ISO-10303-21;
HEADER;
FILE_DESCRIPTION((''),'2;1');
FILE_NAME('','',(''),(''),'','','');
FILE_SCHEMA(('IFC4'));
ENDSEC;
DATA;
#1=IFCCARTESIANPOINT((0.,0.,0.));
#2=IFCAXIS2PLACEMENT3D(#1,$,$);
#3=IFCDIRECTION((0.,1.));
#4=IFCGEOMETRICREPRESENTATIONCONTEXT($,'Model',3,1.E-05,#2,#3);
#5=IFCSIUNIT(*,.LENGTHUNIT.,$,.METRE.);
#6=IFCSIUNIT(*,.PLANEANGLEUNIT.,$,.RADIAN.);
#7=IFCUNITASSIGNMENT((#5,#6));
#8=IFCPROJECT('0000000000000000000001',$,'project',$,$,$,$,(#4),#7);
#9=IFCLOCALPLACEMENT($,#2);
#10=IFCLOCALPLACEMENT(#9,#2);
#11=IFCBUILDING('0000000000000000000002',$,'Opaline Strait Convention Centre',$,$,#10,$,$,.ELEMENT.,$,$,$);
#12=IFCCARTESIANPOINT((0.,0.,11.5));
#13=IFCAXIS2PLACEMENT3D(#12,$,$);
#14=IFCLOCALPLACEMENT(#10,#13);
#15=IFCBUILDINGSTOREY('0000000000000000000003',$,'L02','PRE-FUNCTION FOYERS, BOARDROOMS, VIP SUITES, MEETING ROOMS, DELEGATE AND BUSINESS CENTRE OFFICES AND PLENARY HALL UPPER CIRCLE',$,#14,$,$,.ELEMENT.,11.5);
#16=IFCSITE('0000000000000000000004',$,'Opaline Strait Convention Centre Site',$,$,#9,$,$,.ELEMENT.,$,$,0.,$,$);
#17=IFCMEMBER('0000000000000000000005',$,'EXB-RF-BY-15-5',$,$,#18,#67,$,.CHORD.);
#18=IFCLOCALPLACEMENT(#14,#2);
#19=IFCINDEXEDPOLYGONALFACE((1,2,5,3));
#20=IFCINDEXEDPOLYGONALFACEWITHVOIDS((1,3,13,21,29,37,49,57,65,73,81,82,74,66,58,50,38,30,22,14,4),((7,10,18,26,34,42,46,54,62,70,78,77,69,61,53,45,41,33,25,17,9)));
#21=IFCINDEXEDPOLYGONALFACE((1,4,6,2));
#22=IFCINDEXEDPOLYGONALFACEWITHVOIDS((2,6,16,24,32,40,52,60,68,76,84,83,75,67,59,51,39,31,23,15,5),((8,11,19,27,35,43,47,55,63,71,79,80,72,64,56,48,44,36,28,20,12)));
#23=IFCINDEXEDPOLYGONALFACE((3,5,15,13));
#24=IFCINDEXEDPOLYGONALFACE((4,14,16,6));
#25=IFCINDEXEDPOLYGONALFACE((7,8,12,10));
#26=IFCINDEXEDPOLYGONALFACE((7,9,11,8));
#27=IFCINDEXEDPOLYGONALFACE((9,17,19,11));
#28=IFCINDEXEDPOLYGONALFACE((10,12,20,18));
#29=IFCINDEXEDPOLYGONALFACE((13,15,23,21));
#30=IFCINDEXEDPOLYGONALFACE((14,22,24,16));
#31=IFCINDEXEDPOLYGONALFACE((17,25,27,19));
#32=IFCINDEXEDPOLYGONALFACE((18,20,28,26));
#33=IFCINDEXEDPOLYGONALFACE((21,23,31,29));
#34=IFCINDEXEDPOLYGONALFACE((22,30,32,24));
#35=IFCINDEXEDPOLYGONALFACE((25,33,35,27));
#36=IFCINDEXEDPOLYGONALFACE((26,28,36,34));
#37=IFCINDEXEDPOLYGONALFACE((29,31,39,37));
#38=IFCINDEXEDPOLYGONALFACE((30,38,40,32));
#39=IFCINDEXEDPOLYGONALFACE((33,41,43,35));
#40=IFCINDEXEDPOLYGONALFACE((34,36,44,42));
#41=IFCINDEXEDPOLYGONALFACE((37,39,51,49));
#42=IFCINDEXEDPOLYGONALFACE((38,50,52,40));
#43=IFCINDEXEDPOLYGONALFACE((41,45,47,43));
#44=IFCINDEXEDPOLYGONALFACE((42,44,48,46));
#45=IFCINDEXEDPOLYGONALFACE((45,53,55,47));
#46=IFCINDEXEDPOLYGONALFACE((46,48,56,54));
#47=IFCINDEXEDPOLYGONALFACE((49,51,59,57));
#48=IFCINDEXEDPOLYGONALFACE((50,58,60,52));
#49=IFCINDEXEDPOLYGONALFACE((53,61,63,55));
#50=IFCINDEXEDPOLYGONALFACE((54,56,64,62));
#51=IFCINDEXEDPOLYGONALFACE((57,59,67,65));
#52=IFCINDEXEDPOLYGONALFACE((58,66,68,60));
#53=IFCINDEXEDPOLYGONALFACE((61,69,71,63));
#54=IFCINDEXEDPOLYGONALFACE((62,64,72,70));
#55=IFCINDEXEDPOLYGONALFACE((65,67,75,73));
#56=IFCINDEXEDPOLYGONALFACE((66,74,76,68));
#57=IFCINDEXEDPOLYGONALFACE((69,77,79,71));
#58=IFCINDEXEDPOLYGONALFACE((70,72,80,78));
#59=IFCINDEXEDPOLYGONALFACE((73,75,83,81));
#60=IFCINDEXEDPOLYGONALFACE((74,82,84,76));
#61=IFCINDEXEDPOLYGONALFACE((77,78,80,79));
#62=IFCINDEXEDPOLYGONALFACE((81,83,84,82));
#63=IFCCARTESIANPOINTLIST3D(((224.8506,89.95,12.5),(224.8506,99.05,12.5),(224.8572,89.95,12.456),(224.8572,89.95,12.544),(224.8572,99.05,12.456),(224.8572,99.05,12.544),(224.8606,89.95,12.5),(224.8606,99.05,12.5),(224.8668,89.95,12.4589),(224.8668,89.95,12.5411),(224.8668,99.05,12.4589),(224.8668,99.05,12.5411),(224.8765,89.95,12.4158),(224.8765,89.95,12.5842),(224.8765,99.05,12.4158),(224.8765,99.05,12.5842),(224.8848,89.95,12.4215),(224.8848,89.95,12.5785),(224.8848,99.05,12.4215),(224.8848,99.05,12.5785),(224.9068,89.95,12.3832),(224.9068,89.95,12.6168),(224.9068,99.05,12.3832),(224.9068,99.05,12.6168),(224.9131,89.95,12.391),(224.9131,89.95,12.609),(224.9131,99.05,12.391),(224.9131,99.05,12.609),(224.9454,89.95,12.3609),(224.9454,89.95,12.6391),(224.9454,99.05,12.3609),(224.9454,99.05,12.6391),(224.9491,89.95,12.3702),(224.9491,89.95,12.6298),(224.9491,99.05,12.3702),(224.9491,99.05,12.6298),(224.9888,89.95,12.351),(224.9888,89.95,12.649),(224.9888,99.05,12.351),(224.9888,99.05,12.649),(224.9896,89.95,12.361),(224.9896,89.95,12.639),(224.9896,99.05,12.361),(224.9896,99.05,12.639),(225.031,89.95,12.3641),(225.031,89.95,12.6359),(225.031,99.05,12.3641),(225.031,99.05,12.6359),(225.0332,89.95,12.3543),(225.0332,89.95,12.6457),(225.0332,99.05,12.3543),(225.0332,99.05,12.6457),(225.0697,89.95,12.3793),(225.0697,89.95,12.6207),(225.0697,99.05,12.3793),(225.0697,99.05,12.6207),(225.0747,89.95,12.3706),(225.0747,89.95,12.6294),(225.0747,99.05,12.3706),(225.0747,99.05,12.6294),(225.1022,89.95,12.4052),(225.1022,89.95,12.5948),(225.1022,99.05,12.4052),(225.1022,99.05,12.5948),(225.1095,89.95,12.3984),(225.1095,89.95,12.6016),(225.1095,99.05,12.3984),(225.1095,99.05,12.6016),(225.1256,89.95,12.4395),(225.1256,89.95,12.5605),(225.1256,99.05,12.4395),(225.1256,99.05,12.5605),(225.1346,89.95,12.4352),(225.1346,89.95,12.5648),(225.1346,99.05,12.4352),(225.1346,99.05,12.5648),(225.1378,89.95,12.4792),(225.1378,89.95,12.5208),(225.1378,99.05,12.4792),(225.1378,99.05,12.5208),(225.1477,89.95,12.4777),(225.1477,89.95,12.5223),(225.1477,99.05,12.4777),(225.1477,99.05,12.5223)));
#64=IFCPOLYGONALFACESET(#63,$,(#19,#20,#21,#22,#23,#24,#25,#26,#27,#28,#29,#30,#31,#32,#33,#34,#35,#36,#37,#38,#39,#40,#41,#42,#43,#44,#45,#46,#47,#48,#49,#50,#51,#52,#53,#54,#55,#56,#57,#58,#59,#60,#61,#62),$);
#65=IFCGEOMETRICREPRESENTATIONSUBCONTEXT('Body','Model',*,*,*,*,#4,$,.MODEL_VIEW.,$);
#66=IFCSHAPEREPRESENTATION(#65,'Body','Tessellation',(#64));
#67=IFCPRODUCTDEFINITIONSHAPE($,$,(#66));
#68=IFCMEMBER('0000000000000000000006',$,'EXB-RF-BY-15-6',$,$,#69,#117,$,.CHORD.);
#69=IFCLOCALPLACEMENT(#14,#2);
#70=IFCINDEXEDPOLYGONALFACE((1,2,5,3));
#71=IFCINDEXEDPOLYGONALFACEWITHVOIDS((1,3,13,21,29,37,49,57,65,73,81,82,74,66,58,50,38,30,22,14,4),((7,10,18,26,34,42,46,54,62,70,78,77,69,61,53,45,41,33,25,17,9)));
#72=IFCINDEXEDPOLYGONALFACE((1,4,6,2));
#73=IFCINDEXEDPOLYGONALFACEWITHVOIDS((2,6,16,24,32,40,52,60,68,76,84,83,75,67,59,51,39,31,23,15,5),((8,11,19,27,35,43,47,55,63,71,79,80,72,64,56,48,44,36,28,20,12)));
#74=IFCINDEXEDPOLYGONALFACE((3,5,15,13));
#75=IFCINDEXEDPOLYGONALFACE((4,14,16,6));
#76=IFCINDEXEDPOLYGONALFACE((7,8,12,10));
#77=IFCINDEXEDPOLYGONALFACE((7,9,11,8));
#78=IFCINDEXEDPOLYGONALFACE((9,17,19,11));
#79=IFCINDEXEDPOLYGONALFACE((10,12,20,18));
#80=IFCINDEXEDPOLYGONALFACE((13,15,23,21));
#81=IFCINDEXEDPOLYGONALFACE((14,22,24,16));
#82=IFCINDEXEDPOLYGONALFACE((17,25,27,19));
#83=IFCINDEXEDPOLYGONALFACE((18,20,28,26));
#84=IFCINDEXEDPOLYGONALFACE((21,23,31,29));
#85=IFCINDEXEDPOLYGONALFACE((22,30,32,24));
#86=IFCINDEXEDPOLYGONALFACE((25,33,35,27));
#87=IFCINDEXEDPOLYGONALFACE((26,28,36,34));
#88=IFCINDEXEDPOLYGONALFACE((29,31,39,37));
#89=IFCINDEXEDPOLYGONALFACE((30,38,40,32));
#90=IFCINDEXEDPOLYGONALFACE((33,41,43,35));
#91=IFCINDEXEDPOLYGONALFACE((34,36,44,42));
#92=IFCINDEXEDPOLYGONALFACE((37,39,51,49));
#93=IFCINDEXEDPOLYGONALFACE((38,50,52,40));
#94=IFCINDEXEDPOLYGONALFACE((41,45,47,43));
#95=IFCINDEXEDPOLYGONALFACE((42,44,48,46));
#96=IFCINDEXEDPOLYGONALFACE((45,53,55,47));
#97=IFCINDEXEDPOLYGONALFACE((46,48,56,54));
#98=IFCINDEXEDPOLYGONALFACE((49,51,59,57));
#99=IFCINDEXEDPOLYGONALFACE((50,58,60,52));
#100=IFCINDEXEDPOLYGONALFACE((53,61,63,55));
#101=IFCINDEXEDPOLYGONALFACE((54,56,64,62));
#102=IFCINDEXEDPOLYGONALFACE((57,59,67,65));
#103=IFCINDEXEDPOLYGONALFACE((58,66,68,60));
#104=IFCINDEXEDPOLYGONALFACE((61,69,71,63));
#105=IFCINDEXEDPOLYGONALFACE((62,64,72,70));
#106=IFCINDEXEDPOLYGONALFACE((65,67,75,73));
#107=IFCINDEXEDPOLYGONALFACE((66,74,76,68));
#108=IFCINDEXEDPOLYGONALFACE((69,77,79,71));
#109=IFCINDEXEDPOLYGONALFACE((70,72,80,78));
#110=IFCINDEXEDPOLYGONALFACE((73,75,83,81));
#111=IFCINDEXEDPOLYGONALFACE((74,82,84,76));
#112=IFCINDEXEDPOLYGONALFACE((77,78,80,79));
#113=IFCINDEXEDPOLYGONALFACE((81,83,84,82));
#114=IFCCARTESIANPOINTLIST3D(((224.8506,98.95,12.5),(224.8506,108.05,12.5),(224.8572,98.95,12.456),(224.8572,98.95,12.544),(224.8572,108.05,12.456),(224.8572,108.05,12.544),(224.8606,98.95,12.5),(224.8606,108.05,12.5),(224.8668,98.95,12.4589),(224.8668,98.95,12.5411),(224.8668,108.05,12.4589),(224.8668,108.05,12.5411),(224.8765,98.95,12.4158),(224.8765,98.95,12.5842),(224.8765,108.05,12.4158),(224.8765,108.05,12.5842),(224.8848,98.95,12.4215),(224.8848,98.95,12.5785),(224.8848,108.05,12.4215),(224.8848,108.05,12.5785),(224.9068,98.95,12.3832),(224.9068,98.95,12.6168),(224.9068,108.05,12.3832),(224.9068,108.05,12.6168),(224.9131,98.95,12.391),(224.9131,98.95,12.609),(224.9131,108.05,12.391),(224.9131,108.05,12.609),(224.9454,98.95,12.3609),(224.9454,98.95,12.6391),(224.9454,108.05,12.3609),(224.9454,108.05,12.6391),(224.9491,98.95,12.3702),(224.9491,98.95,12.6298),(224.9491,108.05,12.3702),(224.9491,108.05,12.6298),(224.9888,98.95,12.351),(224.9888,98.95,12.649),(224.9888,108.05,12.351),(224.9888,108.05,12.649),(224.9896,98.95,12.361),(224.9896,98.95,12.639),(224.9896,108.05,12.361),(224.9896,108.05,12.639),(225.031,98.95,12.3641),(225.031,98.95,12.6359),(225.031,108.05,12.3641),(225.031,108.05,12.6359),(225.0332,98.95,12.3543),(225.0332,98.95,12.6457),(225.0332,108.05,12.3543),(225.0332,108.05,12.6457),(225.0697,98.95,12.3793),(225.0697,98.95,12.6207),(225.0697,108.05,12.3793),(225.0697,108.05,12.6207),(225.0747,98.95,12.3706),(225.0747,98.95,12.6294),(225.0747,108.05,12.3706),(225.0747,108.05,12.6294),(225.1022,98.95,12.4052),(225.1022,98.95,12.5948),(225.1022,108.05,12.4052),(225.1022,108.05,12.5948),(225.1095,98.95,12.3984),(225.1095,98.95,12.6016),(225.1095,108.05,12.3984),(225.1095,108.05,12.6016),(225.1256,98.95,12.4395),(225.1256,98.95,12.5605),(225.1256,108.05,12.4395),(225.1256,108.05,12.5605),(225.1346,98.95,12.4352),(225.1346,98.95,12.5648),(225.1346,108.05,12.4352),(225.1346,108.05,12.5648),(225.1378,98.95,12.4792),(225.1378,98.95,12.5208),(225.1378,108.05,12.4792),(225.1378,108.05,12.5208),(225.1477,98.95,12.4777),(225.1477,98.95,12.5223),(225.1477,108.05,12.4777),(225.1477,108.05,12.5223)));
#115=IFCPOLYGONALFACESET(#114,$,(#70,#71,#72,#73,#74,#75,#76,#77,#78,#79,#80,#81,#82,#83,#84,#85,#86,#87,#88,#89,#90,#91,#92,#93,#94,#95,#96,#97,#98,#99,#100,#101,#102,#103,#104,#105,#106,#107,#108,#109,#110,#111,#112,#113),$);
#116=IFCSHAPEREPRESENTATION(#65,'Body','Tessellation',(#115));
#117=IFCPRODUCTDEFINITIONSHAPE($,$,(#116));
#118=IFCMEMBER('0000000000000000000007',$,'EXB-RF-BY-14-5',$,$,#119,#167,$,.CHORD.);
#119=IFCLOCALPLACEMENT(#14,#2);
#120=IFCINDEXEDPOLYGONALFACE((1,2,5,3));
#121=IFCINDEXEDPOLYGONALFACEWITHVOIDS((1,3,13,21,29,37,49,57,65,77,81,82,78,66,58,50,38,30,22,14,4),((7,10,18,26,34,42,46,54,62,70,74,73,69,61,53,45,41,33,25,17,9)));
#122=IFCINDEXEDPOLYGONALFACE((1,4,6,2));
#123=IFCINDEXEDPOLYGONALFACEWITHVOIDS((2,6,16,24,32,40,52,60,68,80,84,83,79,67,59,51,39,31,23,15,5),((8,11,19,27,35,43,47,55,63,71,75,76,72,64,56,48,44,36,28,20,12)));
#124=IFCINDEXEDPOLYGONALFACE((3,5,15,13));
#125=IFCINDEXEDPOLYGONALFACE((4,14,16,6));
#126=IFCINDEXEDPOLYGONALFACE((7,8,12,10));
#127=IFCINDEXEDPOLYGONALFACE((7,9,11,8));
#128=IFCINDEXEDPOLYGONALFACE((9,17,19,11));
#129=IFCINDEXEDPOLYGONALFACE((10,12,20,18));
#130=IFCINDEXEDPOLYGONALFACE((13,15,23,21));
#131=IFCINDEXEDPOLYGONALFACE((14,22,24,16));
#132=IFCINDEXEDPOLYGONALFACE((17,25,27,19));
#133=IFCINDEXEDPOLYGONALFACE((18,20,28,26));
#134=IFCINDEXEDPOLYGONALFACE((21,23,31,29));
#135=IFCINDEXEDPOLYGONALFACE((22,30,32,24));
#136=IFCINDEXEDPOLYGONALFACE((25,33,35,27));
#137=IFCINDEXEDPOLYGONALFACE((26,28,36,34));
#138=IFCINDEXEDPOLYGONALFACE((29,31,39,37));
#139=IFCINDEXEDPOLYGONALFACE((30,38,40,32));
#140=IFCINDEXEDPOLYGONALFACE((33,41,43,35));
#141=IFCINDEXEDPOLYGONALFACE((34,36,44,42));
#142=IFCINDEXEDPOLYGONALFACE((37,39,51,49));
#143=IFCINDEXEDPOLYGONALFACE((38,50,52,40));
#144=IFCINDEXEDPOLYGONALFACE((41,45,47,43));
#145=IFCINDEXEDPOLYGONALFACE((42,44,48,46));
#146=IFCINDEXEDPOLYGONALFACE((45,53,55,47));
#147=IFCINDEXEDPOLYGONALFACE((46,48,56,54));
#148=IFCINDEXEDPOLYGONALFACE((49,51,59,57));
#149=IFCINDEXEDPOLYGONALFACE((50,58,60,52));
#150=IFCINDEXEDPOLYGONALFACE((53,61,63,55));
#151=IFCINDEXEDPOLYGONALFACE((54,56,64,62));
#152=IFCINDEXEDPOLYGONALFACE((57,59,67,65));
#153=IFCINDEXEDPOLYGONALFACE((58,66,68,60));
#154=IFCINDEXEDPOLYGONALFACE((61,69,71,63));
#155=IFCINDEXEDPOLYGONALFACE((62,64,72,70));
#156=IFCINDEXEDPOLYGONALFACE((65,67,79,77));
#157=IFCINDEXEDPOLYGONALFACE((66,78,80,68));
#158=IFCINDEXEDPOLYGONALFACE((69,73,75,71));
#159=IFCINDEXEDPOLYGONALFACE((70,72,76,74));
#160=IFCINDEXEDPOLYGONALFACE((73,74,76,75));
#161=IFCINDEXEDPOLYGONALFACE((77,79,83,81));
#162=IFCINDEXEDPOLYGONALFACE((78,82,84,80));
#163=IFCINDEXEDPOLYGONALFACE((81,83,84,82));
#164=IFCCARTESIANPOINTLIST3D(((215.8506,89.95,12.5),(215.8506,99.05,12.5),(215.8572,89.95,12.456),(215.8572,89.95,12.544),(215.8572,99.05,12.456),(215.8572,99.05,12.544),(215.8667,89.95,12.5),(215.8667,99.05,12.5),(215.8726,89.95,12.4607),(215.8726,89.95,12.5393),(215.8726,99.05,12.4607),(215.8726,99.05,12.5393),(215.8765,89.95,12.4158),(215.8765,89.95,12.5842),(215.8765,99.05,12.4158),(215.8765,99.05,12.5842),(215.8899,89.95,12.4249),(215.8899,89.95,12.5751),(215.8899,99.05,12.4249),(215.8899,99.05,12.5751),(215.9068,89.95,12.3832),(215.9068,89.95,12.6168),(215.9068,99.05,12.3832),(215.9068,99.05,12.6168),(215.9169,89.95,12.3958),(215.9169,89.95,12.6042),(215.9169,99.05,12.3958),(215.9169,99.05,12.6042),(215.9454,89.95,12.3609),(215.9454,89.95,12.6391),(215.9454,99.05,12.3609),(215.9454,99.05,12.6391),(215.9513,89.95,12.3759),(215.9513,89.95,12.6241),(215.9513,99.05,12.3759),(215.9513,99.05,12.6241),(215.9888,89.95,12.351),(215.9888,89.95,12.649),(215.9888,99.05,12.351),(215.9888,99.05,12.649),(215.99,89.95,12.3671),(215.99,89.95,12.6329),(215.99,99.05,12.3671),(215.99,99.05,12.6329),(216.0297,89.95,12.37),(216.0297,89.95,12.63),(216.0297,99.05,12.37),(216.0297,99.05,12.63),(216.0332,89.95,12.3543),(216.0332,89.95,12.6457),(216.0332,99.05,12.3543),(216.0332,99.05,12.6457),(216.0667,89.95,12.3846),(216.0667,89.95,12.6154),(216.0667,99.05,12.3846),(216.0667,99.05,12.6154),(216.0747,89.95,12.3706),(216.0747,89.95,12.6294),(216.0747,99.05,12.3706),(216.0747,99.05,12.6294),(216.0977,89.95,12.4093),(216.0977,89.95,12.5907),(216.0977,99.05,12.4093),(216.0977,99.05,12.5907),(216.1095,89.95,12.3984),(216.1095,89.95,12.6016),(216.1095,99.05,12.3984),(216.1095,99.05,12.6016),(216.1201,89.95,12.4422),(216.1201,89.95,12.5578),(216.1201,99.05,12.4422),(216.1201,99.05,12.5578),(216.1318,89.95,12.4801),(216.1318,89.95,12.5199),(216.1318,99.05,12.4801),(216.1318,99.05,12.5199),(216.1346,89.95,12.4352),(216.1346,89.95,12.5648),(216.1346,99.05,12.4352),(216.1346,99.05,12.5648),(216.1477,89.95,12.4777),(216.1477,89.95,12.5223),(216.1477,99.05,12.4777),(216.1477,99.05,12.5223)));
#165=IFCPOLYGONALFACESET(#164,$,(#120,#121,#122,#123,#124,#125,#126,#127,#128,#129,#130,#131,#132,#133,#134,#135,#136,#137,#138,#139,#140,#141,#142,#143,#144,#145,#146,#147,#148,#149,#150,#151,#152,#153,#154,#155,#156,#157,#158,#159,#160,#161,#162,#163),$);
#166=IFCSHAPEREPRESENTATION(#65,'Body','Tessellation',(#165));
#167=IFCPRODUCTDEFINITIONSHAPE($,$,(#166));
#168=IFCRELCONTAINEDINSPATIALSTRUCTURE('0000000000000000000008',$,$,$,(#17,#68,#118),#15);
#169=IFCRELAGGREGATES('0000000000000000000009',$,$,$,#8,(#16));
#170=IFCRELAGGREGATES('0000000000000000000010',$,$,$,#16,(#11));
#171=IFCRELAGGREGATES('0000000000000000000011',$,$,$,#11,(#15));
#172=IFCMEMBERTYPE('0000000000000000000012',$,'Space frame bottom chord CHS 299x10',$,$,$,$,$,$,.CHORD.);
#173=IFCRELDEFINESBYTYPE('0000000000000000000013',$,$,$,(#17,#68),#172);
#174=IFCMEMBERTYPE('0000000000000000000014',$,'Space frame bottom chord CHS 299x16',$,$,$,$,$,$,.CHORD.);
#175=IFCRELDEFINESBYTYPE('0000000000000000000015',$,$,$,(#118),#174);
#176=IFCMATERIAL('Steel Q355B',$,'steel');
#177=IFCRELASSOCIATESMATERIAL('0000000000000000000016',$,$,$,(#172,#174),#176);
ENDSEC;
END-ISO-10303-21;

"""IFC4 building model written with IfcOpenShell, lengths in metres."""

from ifc_helpers import new_model, si_unit, direction, frame, origin, origin_2d, place, context, subcontext, project, spatial, hollow_circle, extrude, material, material_profile, profile_set, type_object, element, save


model = new_model("IFC4")

# Units and contexts
model_context = context("Model", 3, precision=1e-05, world=origin(), true_north=direction((0.0, 1.0)))
body_context = subcontext(model_context, "Body", "Model", "MODEL_VIEW")
ifc_project = project(units=[si_unit("LENGTHUNIT", "METRE"), si_unit("PLANEANGLEUNIT", "RADIAN")], contexts=[model_context])

# Site, building, storey
site_placement = place(None, origin())
site = spatial("IfcSite", under=ifc_project, at=site_placement, Name="Opaline Strait Convention Centre Site", CompositionType="ELEMENT", RefElevation=0.0)
building_placement = place(site_placement, origin())
building = spatial("IfcBuilding", under=site, at=building_placement, Name="Opaline Strait Convention Centre", CompositionType="ELEMENT")
storey_placement = place(building_placement, frame((0.0, 0.0, 11.5)))
storey = spatial("IfcBuildingStorey", under=building, at=storey_placement, Name="L02", Description="PRE-FUNCTION FOYERS, BOARDROOMS, VIP SUITES, MEETING ROOMS, DELEGATE AND BUSINESS CENTRE OFFICES AND PLENARY HALL UPPER CIRCLE", CompositionType="ELEMENT", Elevation=11.5)

# Members
ifc_material = material(Name="Steel Q355B", Category="steel")
ifc_material_profile_1 = material_profile(ifc_material, hollow_circle(Radius=0.1494, WallThickness=0.01, at=origin_2d()), Name="CHS 299x10")
ifc_profile_set_1 = profile_set([ifc_material_profile_1], Name="Steel Q355B")
member_type_1 = type_object("IfcMemberType", Name="Space frame bottom chord CHS 299x10", PredefinedType="CHORD", material=ifc_profile_set_1)
for number, where, z_axis, x_axis, name in (
    (1, (225.0, 89.95, 12.5), (0.0, 1.0, 0.0), (-1.0, 0.0, 0.0), "EXB-RF-BY-15-5"),
    (2, (225.0, 98.95, 12.5), (0.0, 1.0, 0.0), (-1.0, 0.0, 0.0), "EXB-RF-BY-15-6"),
):
    element("IfcMember", number, at=place(storey_placement, frame(where, z_axis=z_axis, x_axis=x_axis)), inside=storey, type_object=member_type_1, Name=name, PredefinedType="CHORD", context=body_context, shape_type="SweptSolid", body=[
        extrude(hollow_circle(Radius=0.1494, WallThickness=0.01, at=origin_2d()), origin(), (0.0, 0.0, 1.0), 9.1001),
    ])
ifc_material_profile_2 = material_profile(ifc_material, hollow_circle(Radius=0.1494, WallThickness=0.0161, at=origin_2d()), Name="CHS 299x16")
ifc_profile_set_2 = profile_set([ifc_material_profile_2], Name="Steel Q355B")
member_type_2 = type_object("IfcMemberType", Name="Space frame bottom chord CHS 299x16", PredefinedType="CHORD", material=ifc_profile_set_2)
for number, where, z_axis, x_axis, name in (
    (3, (216.0, 89.95, 12.5), (0.0, 1.0, 0.0), (-1.0, 0.0, 0.0), "EXB-RF-BY-14-5"),
):
    element("IfcMember", number, at=place(storey_placement, frame(where, z_axis=z_axis, x_axis=x_axis)), inside=storey, type_object=member_type_2, Name=name, PredefinedType="CHORD", context=body_context, shape_type="SweptSolid", body=[
        extrude(hollow_circle(Radius=0.1494, WallThickness=0.0161, at=origin_2d()), origin(), (0.0, 0.0, 1.0), 9.1001),
    ])

save(model, "model.ifc")
